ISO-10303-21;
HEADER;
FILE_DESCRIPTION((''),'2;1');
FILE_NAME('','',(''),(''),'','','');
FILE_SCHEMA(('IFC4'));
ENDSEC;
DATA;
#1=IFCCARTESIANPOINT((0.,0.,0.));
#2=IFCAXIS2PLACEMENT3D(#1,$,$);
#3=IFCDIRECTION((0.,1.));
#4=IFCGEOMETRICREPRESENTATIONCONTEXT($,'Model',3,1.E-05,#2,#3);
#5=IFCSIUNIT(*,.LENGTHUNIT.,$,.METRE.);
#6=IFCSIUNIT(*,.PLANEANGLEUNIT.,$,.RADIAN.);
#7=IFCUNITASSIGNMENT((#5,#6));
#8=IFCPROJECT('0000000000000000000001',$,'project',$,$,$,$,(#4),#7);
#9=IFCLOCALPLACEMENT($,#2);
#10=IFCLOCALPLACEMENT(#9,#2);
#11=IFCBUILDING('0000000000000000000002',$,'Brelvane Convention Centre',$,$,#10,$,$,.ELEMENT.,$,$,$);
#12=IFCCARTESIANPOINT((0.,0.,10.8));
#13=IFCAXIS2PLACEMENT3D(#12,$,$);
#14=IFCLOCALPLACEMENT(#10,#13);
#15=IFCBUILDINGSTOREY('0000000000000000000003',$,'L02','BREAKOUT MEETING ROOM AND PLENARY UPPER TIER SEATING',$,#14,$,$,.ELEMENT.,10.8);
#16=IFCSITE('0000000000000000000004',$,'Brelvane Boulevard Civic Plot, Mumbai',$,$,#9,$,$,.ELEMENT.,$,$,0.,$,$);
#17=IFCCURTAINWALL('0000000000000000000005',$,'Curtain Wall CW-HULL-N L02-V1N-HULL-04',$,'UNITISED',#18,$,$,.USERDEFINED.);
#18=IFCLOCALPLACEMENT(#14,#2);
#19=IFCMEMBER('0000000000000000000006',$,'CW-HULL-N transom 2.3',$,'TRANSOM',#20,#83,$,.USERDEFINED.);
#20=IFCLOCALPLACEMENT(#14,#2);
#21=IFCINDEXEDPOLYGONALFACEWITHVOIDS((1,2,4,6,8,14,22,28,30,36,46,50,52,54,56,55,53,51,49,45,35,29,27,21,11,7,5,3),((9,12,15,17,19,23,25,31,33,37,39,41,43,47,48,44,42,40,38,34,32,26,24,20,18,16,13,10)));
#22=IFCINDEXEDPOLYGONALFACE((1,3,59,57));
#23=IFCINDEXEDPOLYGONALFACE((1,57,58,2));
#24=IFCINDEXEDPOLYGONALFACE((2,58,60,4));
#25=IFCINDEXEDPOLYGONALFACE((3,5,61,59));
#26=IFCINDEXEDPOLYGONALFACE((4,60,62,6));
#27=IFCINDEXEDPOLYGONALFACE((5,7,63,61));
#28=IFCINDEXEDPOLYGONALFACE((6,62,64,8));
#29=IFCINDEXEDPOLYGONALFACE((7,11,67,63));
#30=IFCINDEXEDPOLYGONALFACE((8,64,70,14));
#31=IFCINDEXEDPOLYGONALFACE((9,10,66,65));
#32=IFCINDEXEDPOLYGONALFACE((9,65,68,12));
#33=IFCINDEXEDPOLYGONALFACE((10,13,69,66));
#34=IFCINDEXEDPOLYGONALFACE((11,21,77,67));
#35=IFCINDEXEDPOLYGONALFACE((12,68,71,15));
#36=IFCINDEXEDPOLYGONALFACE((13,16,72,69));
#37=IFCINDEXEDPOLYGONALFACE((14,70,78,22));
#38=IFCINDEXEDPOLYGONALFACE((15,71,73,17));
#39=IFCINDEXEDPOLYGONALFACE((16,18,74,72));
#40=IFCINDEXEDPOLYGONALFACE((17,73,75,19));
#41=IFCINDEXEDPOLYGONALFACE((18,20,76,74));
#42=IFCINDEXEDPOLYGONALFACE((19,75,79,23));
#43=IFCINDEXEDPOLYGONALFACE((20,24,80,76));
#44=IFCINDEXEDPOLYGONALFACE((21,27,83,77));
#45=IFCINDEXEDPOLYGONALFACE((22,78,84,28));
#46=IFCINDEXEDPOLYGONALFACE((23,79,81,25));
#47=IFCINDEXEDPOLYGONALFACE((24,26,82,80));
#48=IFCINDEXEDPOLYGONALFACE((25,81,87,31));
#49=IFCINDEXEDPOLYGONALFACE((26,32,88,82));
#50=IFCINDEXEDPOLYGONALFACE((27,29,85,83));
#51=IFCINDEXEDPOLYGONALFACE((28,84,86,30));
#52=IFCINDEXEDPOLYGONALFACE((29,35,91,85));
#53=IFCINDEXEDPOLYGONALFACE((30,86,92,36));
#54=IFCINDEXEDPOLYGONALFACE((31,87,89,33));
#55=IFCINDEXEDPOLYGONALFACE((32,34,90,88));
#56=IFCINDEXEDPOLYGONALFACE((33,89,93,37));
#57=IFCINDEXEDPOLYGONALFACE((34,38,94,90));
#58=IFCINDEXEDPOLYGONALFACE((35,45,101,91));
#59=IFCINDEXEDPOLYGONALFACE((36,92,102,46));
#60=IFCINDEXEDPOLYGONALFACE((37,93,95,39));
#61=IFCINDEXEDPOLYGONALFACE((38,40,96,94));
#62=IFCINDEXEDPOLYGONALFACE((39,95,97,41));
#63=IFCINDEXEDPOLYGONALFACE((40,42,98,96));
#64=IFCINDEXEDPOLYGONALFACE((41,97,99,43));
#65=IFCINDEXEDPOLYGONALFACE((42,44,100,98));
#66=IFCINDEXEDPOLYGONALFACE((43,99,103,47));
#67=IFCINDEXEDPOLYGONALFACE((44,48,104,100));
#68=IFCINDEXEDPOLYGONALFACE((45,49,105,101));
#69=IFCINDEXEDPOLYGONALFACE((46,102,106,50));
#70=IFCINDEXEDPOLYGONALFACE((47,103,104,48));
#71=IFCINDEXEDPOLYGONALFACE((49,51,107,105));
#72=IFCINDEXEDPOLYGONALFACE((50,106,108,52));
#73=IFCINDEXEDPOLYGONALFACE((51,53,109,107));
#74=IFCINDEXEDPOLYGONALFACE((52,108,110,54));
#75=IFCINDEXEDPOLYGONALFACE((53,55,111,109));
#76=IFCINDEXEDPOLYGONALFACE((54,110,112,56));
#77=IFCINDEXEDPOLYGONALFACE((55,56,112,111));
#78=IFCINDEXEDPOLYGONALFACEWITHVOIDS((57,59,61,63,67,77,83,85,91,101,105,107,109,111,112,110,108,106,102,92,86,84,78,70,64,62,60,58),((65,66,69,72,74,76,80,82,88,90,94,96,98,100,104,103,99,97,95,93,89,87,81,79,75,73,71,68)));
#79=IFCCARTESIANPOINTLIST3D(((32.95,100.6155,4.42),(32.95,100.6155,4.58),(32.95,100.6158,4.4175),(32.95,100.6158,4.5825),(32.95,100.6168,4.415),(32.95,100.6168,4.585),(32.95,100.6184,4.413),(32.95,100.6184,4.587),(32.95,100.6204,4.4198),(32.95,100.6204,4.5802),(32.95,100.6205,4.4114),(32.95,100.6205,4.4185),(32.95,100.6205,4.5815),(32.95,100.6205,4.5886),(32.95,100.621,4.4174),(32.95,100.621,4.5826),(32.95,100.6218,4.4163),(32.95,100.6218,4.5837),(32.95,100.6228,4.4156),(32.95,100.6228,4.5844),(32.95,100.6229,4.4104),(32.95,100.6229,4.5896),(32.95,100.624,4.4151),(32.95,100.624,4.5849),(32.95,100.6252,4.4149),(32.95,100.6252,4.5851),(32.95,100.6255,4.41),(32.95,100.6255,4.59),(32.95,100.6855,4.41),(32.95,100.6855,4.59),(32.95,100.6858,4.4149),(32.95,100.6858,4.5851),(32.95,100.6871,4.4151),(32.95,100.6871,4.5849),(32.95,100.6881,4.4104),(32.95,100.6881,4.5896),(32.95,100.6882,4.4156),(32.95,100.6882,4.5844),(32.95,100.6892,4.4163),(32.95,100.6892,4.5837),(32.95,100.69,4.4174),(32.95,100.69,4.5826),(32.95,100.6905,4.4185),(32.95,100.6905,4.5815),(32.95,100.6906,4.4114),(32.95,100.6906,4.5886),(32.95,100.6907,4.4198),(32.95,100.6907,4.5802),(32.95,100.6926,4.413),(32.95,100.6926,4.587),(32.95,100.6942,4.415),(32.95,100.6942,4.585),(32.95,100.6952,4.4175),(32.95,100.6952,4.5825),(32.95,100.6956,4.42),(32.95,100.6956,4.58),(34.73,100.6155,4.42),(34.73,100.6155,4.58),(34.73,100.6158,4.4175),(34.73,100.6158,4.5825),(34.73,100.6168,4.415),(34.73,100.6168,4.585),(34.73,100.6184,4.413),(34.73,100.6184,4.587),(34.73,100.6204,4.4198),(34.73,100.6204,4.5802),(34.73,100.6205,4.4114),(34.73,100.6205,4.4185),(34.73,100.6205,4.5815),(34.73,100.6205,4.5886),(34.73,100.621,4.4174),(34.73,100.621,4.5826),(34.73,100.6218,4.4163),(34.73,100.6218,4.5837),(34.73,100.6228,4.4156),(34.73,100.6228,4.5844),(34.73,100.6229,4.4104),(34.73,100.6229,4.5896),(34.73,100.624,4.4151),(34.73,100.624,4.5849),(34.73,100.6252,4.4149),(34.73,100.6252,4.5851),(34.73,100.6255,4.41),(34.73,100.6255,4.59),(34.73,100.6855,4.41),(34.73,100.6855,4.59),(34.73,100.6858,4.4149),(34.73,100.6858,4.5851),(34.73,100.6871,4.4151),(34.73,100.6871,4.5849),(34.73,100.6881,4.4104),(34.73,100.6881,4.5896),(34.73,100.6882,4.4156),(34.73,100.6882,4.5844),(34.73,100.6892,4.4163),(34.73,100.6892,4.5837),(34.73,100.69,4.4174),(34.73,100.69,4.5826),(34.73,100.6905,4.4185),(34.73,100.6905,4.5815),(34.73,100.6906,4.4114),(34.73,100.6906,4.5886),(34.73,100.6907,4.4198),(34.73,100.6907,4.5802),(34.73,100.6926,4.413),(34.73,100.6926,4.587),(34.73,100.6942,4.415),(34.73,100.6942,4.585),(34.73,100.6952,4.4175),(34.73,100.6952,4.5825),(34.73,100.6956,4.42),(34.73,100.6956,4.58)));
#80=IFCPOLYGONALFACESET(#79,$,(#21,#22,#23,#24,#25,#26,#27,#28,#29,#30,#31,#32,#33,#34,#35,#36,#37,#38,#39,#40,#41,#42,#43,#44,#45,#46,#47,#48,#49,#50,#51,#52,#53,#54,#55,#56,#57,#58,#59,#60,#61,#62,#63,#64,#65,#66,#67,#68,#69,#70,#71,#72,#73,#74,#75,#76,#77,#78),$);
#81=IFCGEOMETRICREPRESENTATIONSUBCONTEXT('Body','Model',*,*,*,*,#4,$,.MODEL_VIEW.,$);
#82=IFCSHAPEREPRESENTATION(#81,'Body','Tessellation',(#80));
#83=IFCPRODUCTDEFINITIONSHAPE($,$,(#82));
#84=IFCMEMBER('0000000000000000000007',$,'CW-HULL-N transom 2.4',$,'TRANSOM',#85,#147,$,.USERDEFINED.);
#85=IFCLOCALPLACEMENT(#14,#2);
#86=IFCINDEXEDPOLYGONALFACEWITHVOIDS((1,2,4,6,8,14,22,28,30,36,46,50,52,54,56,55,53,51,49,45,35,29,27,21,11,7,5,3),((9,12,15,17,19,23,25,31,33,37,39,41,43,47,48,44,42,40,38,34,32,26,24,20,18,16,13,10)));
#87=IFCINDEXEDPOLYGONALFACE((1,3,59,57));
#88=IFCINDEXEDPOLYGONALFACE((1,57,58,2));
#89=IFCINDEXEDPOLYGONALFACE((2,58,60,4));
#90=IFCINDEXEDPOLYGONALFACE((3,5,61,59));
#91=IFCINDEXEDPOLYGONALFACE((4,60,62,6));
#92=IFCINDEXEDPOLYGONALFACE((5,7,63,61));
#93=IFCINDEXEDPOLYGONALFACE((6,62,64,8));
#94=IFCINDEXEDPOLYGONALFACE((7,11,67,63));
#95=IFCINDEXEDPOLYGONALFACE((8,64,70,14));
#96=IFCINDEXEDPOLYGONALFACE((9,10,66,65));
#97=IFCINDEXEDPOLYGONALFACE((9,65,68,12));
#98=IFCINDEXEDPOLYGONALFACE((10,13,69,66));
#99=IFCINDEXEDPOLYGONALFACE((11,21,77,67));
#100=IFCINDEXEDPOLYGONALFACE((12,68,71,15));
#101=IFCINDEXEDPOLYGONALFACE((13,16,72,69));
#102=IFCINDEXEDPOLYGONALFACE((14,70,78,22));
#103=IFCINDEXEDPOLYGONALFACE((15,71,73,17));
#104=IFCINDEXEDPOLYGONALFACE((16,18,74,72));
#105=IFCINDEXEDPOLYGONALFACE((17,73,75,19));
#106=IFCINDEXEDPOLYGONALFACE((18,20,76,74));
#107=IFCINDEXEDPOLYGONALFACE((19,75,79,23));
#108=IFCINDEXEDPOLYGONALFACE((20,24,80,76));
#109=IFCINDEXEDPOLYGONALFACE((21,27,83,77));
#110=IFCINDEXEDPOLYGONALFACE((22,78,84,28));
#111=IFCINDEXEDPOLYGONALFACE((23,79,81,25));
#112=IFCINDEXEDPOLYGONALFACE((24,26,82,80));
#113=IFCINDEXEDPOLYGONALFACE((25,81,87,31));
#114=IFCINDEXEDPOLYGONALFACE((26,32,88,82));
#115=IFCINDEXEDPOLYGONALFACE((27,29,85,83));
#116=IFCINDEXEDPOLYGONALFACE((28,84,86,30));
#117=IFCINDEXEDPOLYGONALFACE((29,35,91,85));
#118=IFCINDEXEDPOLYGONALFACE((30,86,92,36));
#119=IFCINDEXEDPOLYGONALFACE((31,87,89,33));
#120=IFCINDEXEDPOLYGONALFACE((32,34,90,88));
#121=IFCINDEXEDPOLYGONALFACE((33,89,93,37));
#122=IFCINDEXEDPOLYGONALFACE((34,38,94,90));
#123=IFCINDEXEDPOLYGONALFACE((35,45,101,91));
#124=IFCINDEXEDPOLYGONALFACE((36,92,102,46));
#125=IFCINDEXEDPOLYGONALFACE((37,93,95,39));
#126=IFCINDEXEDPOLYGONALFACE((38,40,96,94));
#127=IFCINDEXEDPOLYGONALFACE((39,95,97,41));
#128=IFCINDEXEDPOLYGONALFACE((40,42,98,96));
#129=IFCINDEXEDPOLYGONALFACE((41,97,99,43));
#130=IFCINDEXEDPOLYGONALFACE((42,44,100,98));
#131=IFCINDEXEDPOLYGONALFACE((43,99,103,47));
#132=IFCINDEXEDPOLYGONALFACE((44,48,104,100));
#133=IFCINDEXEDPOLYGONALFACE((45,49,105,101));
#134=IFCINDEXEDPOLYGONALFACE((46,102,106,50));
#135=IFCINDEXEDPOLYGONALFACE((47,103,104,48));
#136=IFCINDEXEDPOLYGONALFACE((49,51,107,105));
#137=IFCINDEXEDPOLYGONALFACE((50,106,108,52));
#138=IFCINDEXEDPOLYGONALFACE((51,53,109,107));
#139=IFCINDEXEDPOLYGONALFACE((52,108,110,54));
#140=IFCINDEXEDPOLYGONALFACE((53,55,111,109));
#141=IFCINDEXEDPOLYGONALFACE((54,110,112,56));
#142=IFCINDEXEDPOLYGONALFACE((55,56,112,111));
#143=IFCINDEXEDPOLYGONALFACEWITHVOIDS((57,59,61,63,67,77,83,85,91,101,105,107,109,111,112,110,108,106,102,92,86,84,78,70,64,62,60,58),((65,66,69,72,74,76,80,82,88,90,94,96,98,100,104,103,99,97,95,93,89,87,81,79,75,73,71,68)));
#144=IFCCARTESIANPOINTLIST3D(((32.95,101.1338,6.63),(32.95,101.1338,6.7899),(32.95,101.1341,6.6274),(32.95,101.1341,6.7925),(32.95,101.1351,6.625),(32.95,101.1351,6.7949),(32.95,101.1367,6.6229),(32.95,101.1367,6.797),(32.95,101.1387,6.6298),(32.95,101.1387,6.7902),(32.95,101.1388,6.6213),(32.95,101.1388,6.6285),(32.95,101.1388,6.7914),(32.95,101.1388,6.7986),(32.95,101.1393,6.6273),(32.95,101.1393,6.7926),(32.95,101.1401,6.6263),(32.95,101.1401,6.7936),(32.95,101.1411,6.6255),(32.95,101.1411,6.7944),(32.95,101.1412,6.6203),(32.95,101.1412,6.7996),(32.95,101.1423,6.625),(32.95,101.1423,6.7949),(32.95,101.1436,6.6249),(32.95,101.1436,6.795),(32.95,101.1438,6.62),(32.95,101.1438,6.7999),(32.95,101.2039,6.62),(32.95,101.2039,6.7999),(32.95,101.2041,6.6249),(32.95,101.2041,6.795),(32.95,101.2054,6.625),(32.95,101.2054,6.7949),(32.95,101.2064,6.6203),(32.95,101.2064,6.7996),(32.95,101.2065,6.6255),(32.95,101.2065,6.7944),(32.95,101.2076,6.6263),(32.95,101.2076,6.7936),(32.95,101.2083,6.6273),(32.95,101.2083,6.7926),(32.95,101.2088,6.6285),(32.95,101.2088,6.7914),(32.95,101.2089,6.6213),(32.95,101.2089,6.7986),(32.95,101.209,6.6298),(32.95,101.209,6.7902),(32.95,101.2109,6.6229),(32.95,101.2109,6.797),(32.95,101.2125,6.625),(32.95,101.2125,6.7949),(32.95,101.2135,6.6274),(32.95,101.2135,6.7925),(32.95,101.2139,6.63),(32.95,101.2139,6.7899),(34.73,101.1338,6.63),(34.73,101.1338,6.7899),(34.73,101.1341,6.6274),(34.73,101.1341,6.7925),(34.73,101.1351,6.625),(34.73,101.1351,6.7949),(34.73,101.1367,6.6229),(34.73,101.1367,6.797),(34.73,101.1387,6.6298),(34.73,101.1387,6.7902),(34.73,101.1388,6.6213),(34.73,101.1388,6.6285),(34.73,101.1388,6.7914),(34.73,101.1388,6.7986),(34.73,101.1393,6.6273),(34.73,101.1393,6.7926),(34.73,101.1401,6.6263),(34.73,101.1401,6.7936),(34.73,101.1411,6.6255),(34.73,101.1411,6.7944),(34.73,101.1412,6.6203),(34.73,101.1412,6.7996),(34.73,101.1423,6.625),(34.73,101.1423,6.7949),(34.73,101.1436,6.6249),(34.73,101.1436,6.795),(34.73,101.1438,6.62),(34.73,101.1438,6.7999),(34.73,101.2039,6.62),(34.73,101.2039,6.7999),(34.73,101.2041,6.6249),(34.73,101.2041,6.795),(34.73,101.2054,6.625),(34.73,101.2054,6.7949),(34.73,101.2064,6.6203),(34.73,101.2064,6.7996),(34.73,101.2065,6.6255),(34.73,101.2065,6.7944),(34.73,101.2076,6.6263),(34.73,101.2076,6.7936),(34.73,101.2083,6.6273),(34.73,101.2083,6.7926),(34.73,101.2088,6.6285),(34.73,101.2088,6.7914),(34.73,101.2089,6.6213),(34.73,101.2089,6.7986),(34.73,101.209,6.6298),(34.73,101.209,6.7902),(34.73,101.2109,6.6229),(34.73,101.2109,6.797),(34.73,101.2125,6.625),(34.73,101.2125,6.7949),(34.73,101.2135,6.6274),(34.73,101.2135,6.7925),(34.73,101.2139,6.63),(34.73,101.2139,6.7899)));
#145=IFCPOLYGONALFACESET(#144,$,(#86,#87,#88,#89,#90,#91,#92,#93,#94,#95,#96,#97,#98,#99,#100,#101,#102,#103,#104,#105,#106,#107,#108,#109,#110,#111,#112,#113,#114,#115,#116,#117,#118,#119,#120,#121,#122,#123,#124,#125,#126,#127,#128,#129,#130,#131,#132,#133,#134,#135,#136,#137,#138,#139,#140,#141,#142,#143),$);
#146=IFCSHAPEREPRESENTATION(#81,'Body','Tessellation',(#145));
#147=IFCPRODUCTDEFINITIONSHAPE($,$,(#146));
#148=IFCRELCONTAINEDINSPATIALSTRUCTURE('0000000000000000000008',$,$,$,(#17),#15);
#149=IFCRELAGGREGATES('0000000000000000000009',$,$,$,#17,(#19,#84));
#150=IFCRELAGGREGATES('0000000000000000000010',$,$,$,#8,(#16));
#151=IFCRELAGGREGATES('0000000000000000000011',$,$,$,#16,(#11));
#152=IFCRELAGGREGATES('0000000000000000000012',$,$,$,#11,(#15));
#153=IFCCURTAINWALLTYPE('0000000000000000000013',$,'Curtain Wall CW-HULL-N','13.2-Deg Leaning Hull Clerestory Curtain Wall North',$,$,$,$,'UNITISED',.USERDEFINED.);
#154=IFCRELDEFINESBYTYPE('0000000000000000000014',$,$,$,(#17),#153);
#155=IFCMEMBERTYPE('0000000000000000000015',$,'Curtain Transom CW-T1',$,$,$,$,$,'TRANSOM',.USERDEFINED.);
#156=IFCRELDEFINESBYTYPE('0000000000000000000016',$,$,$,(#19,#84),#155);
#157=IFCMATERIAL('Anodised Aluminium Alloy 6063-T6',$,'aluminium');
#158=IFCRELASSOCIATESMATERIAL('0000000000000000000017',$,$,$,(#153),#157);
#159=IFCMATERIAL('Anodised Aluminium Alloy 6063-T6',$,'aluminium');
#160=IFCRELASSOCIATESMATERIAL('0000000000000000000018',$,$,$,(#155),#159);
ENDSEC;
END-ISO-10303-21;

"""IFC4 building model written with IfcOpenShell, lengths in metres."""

from ifc_helpers import new_model, si_unit, direction, frame, origin, origin_2d, place, context, subcontext, project, spatial, hollow_rectangle, extrude, material, material_profile, profile_set, type_object, element, aggregate, save


model = new_model("IFC4")

# Units and contexts
model_context = context("Model", 3, precision=1e-05, world=origin(), true_north=direction((0.0, 1.0)))
body_context = subcontext(model_context, "Body", "Model", "MODEL_VIEW")
ifc_project = project(units=[si_unit("LENGTHUNIT", "METRE"), si_unit("PLANEANGLEUNIT", "RADIAN")], contexts=[model_context])

# Site, building, storey
site_placement = place(None, origin())
site = spatial("IfcSite", under=ifc_project, at=site_placement, Name="Brelvane Boulevard Civic Plot, Mumbai", CompositionType="ELEMENT", RefElevation=0.0)
building_placement = place(site_placement, origin())
building = spatial("IfcBuilding", under=site, at=building_placement, Name="Brelvane Convention Centre", CompositionType="ELEMENT")
storey_placement = place(building_placement, frame((0.0, 0.0, 10.8)))
storey = spatial("IfcBuildingStorey", under=building, at=storey_placement, Name="L02", Description="BREAKOUT MEETING ROOM AND PLENARY UPPER TIER SEATING", CompositionType="ELEMENT", Elevation=10.8)

# Curtain wall, members
ifc_material_1 = material(Name="Anodised Aluminium Alloy 6063-T6", Category="aluminium")
curtain_wall_type = type_object("IfcCurtainWallType", Name="Curtain Wall CW-HULL-N", Description="13.2-Deg Leaning Hull Clerestory Curtain Wall North", ElementType="UNITISED", PredefinedType="USERDEFINED", material=ifc_material_1)
curtain_wall_placement = place(storey_placement, origin())
curtain_wall = element("IfcCurtainWall", 1, at=curtain_wall_placement, inside=storey, type_object=curtain_wall_type, Name="Curtain Wall CW-HULL-N L02-V1N-HULL-04", ObjectType="UNITISED", PredefinedType="USERDEFINED")
ifc_material_2 = material(Name="Anodised Aluminium Alloy 6063-T6", Category="aluminium")
ifc_material_profile_1 = material_profile(ifc_material_2, hollow_rectangle(XDim=0.0801, YDim=0.1799, WallThickness=0.0049, InnerFilletRadius=0.0049, OuterFilletRadius=0.01, at=origin_2d()), Name="ALU-T 180x80x5.0")
ifc_profile_set_1 = profile_set([ifc_material_profile_1], Name="Anodised Aluminium Alloy 6063-T6")
member_type_1 = type_object("IfcMemberType", Name="Curtain Transom CW-T1", ElementType="TRANSOM", PredefinedType="USERDEFINED", material=ifc_profile_set_1)
member_1_placement = place(storey_placement, frame((32.95, 100.6555, 4.5), z_axis=(1.0, 0.0, 0.0), x_axis=(0.0, 1.0, 0.0)))
member_1 = element("IfcMember", 2, at=member_1_placement, type_object=member_type_1, Name="CW-HULL-N transom 2.3", ObjectType="TRANSOM", PredefinedType="USERDEFINED", context=body_context, shape_type="SweptSolid", body=[
    extrude(hollow_rectangle(XDim=0.0801, YDim=0.1799, WallThickness=0.0049, InnerFilletRadius=0.0049, OuterFilletRadius=0.01, at=origin_2d()), origin(), (0.0, 0.0, 1.0), 1.78),
])
member_2_placement = place(storey_placement, frame((32.95, 101.1738, 6.71), z_axis=(1.0, 0.0, 0.0), x_axis=(0.0, 1.0, 0.0)))
member_2 = element("IfcMember", 3, at=member_2_placement, type_object=member_type_1, Name="CW-HULL-N transom 2.4", ObjectType="TRANSOM", PredefinedType="USERDEFINED", context=body_context, shape_type="SweptSolid", body=[
    extrude(hollow_rectangle(XDim=0.0801, YDim=0.1799, WallThickness=0.0049, InnerFilletRadius=0.0049, OuterFilletRadius=0.01, at=origin_2d()), origin(), (0.0, 0.0, 1.0), 1.78),
])

aggregate(curtain_wall, [member_1, member_2])

save(model, "model.ifc")
